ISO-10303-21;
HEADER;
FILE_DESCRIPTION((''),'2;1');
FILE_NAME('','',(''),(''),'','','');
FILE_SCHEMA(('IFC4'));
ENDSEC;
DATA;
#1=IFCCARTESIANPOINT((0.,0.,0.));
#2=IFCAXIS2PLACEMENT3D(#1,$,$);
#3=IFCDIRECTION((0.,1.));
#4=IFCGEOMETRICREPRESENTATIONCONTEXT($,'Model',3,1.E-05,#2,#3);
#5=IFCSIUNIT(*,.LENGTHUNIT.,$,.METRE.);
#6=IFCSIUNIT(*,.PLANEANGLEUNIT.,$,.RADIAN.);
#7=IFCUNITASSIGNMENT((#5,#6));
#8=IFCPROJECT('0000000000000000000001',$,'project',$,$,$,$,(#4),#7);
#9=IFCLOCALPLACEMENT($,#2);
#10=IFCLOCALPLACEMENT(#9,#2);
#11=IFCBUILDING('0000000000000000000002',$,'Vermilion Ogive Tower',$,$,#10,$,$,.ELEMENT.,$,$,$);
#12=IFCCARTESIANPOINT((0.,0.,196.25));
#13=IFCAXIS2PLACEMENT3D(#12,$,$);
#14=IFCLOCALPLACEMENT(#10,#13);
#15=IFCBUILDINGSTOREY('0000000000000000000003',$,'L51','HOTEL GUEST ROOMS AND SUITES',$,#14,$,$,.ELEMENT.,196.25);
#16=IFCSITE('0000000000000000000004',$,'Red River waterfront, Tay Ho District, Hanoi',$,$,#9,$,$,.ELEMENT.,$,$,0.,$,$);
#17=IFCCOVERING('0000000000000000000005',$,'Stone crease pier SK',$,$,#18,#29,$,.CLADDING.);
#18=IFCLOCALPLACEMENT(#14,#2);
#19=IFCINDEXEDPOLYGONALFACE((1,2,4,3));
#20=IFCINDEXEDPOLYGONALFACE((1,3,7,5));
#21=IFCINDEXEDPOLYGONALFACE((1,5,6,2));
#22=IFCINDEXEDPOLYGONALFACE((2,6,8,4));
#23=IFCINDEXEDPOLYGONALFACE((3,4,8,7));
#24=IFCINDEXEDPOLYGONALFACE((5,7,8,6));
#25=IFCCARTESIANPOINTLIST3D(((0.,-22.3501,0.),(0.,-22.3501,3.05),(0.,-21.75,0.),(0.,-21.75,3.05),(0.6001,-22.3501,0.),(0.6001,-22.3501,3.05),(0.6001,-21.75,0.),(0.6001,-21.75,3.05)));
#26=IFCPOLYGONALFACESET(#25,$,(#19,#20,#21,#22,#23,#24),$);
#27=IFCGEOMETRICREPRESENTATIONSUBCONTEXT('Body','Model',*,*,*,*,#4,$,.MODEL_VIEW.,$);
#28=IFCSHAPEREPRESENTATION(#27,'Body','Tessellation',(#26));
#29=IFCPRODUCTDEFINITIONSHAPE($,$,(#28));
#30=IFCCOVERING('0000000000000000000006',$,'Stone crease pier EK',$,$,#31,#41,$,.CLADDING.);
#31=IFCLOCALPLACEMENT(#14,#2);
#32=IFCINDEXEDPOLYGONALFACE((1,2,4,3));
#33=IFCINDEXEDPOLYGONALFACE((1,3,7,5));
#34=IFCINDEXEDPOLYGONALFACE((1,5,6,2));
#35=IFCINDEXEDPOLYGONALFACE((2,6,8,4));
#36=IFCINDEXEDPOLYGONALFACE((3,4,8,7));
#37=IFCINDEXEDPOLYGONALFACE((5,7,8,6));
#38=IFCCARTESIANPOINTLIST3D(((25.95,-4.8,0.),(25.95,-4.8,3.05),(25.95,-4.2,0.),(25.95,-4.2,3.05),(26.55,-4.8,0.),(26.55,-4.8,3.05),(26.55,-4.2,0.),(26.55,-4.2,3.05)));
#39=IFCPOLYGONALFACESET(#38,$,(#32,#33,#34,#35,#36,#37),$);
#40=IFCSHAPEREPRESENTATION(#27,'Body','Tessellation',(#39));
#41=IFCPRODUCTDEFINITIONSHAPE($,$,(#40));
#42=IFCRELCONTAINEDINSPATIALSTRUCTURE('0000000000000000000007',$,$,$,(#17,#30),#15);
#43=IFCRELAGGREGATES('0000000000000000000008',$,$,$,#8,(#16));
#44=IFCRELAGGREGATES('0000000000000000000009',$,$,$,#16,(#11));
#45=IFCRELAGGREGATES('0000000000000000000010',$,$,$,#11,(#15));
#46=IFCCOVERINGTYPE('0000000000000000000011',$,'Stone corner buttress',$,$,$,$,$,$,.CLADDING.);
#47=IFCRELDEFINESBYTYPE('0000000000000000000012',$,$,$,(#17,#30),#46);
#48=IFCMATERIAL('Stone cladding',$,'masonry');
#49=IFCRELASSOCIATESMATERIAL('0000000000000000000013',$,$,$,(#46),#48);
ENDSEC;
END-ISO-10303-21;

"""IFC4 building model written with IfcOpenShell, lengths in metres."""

from ifc_helpers import new_model, si_unit, direction, frame, origin, place, context, subcontext, project, spatial, polyline, outline, extrude, material, type_object, element, save


model = new_model("IFC4")

# Units and contexts
model_context = context("Model", 3, precision=1e-05, world=origin(), true_north=direction((0.0, 1.0)))
body_context = subcontext(model_context, "Body", "Model", "MODEL_VIEW")
ifc_project = project(units=[si_unit("LENGTHUNIT", "METRE"), si_unit("PLANEANGLEUNIT", "RADIAN")], contexts=[model_context])

# Site, building, storey
site_placement = place(None, origin())
site = spatial("IfcSite", under=ifc_project, at=site_placement, Name="Red River waterfront, Tay Ho District, Hanoi", CompositionType="ELEMENT", RefElevation=0.0)
building_placement = place(site_placement, origin())
building = spatial("IfcBuilding", under=site, at=building_placement, Name="Vermilion Ogive Tower", CompositionType="ELEMENT")
storey_placement = place(building_placement, frame((0.0, 0.0, 196.25)))
storey = spatial("IfcBuildingStorey", under=building, at=storey_placement, Name="L51", Description="HOTEL GUEST ROOMS AND SUITES", CompositionType="ELEMENT", Elevation=196.25)

# Coverings
ifc_material_1 = material(Name="Stone cladding", Category="masonry")
covering_type = type_object("IfcCoveringType", Name="Stone corner buttress", PredefinedType="CLADDING", material=ifc_material_1)
covering_1_placement = place(storey_placement, origin())
element("IfcCovering", 1, at=covering_1_placement, inside=storey, type_object=covering_type, Name="Stone crease pier SK", PredefinedType="CLADDING", context=body_context, shape_type="SweptSolid", body=[
    extrude(outline(polyline([(0.0, -22.3501), (0.6001, -22.3501), (0.6001, -21.75), (0.0, -21.75), (0.0, -22.3501)])), origin(), (0.0, 0.0, 1.0), 3.05),
])
covering_2_placement = place(storey_placement, origin())
element("IfcCovering", 2, at=covering_2_placement, inside=storey, type_object=covering_type, Name="Stone crease pier EK", PredefinedType="CLADDING", context=body_context, shape_type="SweptSolid", body=[
    extrude(outline(polyline([(26.55, -4.8), (26.55, -4.2), (25.95, -4.2), (25.95, -4.8), (26.55, -4.8)])), origin(), (0.0, 0.0, 1.0), 3.05),
])

save(model, "model.ifc")
